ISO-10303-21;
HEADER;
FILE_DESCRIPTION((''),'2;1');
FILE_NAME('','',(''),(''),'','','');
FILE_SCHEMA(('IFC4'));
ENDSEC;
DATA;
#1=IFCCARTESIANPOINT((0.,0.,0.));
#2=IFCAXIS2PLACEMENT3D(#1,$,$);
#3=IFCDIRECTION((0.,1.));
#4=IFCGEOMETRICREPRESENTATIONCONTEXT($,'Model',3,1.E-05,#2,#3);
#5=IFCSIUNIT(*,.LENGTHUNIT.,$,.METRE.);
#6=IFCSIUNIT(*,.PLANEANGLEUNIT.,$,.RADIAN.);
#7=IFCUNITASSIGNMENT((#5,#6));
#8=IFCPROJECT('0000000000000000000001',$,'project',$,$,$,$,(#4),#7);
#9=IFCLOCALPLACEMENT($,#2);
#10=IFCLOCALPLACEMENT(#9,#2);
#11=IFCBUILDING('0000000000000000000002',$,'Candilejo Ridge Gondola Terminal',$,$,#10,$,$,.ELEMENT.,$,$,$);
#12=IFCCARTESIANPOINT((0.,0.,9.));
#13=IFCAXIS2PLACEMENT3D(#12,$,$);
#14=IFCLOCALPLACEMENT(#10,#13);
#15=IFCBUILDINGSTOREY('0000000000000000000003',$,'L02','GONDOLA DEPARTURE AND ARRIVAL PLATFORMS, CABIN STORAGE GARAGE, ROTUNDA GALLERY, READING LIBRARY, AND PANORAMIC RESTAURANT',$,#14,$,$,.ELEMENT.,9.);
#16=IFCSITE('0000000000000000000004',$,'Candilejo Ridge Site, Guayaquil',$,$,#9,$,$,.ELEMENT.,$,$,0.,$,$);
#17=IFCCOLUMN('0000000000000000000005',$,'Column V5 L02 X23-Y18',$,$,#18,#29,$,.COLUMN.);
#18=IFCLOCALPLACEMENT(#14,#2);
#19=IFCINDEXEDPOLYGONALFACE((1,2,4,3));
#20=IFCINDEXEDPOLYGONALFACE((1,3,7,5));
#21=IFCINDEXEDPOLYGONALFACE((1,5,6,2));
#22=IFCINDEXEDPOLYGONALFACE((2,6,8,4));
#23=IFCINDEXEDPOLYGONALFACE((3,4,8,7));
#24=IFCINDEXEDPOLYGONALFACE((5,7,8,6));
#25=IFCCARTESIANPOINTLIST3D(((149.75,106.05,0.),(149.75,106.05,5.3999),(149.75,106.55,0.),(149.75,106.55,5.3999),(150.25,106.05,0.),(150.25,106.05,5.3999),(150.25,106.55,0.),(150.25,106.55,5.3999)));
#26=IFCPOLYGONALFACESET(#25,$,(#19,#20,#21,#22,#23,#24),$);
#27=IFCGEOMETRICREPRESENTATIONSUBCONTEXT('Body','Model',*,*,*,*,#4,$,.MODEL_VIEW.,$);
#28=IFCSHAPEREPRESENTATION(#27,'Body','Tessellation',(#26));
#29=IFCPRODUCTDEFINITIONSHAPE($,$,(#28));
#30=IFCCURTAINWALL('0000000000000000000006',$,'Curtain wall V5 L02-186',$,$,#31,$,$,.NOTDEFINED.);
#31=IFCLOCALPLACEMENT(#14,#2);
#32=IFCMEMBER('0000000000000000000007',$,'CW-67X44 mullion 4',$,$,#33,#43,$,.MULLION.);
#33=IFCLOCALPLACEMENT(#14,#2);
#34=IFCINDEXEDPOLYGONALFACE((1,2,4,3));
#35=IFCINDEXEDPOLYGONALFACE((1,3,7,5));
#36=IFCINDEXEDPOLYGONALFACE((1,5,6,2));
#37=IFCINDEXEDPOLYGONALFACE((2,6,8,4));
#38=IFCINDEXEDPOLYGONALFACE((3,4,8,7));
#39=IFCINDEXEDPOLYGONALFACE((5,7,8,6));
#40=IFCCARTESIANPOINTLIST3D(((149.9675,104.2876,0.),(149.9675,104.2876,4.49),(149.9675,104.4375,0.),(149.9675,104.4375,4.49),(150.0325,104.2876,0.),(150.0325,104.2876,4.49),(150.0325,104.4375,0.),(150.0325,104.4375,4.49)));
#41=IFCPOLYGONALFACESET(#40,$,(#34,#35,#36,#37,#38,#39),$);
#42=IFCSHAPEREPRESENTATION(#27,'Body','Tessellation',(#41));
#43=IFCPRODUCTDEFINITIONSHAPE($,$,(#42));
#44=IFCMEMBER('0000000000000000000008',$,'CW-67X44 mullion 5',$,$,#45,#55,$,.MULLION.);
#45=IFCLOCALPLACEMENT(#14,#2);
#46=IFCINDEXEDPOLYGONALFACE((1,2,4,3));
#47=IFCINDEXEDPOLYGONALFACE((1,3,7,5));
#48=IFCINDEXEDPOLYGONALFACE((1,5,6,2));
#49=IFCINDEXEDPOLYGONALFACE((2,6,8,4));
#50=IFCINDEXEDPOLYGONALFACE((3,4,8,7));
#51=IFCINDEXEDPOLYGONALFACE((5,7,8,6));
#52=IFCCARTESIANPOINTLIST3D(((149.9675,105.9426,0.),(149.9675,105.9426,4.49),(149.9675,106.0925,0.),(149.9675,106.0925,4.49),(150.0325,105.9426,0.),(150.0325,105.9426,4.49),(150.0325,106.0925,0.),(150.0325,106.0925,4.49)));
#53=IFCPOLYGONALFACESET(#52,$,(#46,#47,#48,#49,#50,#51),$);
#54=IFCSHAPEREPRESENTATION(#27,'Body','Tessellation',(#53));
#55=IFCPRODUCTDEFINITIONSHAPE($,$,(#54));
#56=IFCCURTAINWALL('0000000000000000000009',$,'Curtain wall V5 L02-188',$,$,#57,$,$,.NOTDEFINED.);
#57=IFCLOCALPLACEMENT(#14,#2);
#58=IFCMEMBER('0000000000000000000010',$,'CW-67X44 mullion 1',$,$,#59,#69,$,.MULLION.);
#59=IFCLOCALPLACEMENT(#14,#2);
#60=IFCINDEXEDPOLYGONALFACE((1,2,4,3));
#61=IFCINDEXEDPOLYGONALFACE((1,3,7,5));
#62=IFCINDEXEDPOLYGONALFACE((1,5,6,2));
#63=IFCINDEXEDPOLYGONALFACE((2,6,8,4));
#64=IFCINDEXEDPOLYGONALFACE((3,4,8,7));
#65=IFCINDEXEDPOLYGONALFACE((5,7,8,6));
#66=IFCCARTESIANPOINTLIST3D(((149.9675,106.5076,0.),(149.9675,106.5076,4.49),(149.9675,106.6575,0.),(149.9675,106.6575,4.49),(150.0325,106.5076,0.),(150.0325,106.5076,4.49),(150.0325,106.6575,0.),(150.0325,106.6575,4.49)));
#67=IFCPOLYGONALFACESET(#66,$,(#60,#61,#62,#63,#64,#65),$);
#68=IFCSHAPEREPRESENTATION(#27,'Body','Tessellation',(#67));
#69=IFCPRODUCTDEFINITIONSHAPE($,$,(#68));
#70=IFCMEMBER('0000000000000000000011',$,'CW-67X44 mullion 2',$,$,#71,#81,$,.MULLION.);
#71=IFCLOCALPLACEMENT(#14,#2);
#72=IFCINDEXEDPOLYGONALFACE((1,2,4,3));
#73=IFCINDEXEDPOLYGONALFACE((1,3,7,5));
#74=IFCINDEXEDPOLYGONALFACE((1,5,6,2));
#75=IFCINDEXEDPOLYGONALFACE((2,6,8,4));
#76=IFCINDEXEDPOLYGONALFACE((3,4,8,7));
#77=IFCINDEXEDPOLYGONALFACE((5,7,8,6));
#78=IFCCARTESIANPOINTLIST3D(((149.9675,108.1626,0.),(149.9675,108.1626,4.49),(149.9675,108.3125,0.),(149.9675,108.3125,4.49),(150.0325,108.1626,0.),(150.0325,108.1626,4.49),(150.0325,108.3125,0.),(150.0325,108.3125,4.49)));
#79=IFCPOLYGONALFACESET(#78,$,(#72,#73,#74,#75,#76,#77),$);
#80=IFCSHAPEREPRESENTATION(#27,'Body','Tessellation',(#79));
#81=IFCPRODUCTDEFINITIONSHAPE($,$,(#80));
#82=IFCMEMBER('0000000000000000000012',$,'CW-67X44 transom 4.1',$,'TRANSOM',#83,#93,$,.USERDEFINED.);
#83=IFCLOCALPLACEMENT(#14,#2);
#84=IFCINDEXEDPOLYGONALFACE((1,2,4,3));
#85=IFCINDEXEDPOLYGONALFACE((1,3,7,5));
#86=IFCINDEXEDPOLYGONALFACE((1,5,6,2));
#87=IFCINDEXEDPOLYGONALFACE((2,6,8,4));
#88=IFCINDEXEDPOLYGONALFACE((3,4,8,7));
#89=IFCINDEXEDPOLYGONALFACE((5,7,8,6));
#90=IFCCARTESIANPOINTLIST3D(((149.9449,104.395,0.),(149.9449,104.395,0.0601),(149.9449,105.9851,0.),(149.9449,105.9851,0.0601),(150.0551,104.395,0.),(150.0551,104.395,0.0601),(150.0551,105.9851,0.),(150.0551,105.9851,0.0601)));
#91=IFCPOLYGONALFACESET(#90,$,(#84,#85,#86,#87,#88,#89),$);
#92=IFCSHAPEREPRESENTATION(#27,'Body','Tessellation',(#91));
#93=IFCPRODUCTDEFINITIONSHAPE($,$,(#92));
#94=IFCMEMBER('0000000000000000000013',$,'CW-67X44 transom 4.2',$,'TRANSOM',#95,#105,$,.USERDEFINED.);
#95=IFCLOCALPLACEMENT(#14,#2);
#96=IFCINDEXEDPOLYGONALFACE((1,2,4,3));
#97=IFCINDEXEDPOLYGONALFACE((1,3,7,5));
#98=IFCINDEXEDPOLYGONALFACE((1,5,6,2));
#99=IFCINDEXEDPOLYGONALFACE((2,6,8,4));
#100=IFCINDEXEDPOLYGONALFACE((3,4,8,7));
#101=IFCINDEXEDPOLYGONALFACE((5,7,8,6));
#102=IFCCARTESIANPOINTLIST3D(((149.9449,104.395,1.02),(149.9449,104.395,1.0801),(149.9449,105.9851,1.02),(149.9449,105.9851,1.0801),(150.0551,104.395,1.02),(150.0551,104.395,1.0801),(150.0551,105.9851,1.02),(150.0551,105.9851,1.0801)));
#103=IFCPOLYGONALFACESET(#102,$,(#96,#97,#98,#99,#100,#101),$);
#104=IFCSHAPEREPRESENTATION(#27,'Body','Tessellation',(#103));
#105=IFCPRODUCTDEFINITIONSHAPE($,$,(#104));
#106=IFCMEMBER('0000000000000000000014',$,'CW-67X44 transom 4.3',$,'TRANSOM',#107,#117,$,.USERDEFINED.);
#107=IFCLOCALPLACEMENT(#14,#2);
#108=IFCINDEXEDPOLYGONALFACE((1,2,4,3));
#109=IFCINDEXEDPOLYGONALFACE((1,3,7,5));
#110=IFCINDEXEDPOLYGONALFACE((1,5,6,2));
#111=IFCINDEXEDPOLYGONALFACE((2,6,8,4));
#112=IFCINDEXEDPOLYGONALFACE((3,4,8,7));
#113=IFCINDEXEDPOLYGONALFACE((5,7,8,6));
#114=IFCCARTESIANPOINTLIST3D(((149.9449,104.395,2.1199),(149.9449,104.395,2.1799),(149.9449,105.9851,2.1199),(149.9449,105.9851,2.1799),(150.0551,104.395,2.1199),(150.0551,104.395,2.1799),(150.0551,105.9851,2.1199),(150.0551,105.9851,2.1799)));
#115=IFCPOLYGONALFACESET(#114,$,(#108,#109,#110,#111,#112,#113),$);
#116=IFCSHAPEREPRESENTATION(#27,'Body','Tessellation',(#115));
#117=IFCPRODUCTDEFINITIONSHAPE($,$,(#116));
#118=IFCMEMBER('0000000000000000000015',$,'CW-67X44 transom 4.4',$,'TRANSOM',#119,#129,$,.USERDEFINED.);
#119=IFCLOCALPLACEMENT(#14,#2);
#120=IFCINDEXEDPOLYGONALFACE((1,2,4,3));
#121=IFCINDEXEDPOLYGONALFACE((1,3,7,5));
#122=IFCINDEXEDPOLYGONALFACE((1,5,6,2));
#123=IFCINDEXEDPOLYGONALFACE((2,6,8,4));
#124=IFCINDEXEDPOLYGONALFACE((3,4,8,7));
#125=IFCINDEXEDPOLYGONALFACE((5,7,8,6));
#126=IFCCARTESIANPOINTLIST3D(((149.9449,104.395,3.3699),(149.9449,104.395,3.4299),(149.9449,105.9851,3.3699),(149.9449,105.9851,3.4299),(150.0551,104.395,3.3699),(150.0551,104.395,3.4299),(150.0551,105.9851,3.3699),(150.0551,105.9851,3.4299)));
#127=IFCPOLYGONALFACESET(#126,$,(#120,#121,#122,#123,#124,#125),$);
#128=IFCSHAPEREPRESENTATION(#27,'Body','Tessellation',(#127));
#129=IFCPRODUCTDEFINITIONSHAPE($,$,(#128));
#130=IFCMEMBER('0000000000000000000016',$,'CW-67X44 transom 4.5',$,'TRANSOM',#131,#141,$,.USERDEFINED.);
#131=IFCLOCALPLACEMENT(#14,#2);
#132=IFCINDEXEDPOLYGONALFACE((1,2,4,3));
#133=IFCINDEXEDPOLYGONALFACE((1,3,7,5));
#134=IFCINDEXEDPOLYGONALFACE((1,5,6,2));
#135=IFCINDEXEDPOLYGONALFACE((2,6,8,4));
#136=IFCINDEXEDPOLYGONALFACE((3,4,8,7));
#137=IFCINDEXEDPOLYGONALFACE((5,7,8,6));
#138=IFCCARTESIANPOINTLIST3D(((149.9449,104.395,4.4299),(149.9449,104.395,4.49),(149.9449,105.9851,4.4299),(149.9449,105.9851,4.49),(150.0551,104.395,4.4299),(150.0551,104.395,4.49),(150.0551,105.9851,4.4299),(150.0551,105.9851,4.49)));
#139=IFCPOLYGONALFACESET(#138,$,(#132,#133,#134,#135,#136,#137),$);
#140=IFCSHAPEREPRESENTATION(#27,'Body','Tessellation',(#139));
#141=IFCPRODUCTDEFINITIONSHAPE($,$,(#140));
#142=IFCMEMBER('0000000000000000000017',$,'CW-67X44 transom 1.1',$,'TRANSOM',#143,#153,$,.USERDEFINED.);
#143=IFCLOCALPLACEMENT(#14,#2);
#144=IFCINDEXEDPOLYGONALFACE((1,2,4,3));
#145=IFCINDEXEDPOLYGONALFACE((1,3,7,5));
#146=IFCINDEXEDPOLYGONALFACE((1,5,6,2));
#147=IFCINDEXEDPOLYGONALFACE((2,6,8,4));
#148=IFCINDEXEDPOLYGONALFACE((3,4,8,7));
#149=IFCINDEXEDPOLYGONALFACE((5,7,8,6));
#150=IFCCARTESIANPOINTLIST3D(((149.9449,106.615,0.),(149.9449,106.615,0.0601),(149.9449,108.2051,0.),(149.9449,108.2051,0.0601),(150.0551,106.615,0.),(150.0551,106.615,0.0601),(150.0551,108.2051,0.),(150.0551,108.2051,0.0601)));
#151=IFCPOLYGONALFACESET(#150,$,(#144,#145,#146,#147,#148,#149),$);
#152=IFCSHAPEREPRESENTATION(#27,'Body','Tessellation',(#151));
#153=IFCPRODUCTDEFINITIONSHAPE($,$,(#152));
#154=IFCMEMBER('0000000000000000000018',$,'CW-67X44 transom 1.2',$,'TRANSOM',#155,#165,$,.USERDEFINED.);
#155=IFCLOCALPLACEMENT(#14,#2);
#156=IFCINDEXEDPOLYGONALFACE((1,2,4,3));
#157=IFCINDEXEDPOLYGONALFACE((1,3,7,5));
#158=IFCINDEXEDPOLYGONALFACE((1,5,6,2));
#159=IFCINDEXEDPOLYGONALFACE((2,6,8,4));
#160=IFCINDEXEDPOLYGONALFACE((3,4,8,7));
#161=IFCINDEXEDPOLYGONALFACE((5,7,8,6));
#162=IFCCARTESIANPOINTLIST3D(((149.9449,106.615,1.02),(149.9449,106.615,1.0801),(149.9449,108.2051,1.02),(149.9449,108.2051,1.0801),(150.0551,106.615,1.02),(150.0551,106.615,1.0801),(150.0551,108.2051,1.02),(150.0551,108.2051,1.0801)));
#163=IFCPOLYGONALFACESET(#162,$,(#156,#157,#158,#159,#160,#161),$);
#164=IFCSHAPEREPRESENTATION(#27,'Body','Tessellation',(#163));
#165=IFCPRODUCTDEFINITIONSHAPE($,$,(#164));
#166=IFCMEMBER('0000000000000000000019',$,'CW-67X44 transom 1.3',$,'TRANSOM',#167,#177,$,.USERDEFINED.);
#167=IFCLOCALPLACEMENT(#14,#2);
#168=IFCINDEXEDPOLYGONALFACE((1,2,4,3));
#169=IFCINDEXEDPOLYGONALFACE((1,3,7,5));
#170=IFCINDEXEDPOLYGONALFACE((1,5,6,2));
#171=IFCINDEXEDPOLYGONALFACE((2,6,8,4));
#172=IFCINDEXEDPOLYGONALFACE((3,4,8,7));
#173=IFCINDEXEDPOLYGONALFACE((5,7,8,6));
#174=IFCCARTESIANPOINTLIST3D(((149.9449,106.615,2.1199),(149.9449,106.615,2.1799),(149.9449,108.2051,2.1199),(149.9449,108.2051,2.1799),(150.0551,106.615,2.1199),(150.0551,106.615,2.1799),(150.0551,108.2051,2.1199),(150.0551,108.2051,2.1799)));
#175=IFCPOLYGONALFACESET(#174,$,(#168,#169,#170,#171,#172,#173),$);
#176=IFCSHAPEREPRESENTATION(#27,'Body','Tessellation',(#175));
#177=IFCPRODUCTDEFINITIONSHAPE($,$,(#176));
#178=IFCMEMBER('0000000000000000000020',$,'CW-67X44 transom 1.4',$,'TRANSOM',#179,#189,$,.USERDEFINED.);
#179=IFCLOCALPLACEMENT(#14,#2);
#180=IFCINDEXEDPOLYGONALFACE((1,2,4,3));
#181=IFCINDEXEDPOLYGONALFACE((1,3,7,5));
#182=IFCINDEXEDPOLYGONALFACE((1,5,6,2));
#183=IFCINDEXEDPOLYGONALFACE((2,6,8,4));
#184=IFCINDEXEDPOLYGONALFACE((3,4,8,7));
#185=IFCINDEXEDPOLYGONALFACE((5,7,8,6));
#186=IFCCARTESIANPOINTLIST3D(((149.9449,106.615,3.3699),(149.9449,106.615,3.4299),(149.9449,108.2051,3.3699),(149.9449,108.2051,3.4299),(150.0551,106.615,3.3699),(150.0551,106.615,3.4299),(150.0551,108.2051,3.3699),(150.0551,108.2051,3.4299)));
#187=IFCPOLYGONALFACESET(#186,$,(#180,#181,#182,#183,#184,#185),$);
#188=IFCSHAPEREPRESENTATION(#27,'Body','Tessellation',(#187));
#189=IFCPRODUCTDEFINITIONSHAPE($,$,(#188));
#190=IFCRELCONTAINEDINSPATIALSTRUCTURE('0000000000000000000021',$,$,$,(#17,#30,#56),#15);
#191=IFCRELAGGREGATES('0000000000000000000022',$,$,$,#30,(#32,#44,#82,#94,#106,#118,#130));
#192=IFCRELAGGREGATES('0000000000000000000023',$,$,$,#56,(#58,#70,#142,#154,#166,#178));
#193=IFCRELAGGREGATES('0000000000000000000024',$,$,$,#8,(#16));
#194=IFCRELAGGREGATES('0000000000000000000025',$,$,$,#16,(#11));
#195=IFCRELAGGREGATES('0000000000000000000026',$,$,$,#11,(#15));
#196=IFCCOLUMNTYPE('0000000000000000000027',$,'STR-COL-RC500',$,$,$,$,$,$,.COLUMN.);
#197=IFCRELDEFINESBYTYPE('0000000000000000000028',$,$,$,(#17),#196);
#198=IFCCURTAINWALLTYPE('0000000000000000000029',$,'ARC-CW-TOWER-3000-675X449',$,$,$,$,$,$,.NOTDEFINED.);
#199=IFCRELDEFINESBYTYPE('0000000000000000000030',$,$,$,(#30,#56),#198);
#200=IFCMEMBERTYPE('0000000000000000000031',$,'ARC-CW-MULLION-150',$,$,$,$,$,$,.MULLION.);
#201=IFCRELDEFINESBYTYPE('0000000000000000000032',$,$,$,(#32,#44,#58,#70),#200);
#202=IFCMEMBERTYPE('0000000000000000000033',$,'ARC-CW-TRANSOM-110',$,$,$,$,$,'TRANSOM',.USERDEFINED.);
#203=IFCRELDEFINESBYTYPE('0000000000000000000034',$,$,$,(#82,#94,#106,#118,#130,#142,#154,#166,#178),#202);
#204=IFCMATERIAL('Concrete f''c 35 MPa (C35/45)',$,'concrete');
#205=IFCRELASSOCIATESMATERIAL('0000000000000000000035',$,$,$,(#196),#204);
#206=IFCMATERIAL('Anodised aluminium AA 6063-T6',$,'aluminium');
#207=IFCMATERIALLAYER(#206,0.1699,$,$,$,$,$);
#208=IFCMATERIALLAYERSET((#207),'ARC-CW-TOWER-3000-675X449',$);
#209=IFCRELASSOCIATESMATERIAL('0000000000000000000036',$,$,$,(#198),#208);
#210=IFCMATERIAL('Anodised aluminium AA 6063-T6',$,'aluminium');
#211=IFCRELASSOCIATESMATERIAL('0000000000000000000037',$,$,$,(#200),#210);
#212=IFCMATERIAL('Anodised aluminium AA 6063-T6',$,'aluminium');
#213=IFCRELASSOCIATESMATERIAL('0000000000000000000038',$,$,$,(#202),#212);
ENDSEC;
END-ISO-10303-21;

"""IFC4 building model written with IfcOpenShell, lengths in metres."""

from ifc_helpers import new_model, si_unit, direction, frame, origin, origin_2d, place, context, subcontext, project, spatial, rectangle, extrude, material, layer, layer_set, material_profile, profile_set, type_object, element, aggregate, save


model = new_model("IFC4")

# Units and contexts
model_context = context("Model", 3, precision=1e-05, world=origin(), true_north=direction((0.0, 1.0)))
body_context = subcontext(model_context, "Body", "Model", "MODEL_VIEW")
ifc_project = project(units=[si_unit("LENGTHUNIT", "METRE"), si_unit("PLANEANGLEUNIT", "RADIAN")], contexts=[model_context])

# Site, building, storey
site_placement = place(None, origin())
site = spatial("IfcSite", under=ifc_project, at=site_placement, Name="Candilejo Ridge Site, Guayaquil", CompositionType="ELEMENT", RefElevation=0.0)
building_placement = place(site_placement, origin())
building = spatial("IfcBuilding", under=site, at=building_placement, Name="Candilejo Ridge Gondola Terminal", CompositionType="ELEMENT")
storey_placement = place(building_placement, frame((0.0, 0.0, 9.0)))
storey = spatial("IfcBuildingStorey", under=building, at=storey_placement, Name="L02", Description="GONDOLA DEPARTURE AND ARRIVAL PLATFORMS, CABIN STORAGE GARAGE, ROTUNDA GALLERY, READING LIBRARY, AND PANORAMIC RESTAURANT", CompositionType="ELEMENT", Elevation=9.0)

# Column
ifc_material_1 = material(Name="Concrete f'c 35 MPa (C35/45)", Category="concrete")
ifc_material_profile_1 = material_profile(ifc_material_1, rectangle(XDim=0.5, YDim=0.5, at=origin_2d()))
ifc_profile_set_1 = profile_set([ifc_material_profile_1], Name="Concrete f'c 35 MPa (C35/45)")
column_type = type_object("IfcColumnType", Name="STR-COL-RC500", PredefinedType="COLUMN", material=ifc_profile_set_1)
column_placement = place(storey_placement, frame((150.0, 106.3, 0.0), z_axis=(0.0, 0.0, 1.0), x_axis=(1.0, 0.0, 0.0)))
element("IfcColumn", 1, at=column_placement, inside=storey, type_object=column_type, Name="Column V5 L02 X23-Y18", PredefinedType="COLUMN", context=body_context, shape_type="SweptSolid", body=[
    extrude(rectangle(XDim=0.5, YDim=0.5, at=origin_2d()), origin(), (0.0, 0.0, 1.0), 5.3999),
])

# Curtain walls, members
ifc_material_2 = material(Name="Anodised aluminium AA 6063-T6", Category="aluminium")
ifc_layer_1 = layer(ifc_material_2, 0.1699)
ifc_layer_set_1 = layer_set([ifc_layer_1], Name="ARC-CW-TOWER-3000-675X449")
curtain_wall_type = type_object("IfcCurtainWallType", Name="ARC-CW-TOWER-3000-675X449", PredefinedType="NOTDEFINED", material=ifc_layer_set_1)
curtain_wall_1_placement = place(storey_placement, origin())
curtain_wall_1 = element("IfcCurtainWall", 2, at=curtain_wall_1_placement, inside=storey, type_object=curtain_wall_type, Name="Curtain wall V5 L02-186", PredefinedType="NOTDEFINED")
ifc_material_3 = material(Name="Anodised aluminium AA 6063-T6", Category="aluminium")
ifc_material_profile_2 = material_profile(ifc_material_3, rectangle(XDim=0.0649, YDim=0.1499, at=origin_2d()))
ifc_profile_set_2 = profile_set([ifc_material_profile_2], Name="Anodised aluminium AA 6063-T6")
member_type_1 = type_object("IfcMemberType", Name="ARC-CW-MULLION-150", PredefinedType="MULLION", material=ifc_profile_set_2)
member_1_placement = place(storey_placement, frame((150.0, 104.3625, 0.0), z_axis=(0.0, 0.0, 1.0), x_axis=(-1.0, 0.0, 0.0)))
member_1 = element("IfcMember", 3, at=member_1_placement, type_object=member_type_1, Name="CW-67X44 mullion 4", PredefinedType="MULLION", context=body_context, shape_type="SweptSolid", body=[
    extrude(rectangle(XDim=0.0649, YDim=0.1499, at=origin_2d()), origin(), (0.0, 0.0, 1.0), 4.49),
])
member_2_placement = place(storey_placement, frame((150.0, 106.0176, 0.0), z_axis=(0.0, 0.0, 1.0), x_axis=(-1.0, 0.0, 0.0)))
member_2 = element("IfcMember", 4, at=member_2_placement, type_object=member_type_1, Name="CW-67X44 mullion 5", PredefinedType="MULLION", context=body_context, shape_type="SweptSolid", body=[
    extrude(rectangle(XDim=0.0649, YDim=0.1499, at=origin_2d()), origin(), (0.0, 0.0, 1.0), 4.49),
])
curtain_wall_2_placement = place(storey_placement, origin())
curtain_wall_2 = element("IfcCurtainWall", 5, at=curtain_wall_2_placement, inside=storey, type_object=curtain_wall_type, Name="Curtain wall V5 L02-188", PredefinedType="NOTDEFINED")
member_3_placement = place(storey_placement, frame((150.0, 106.5825, 0.0), z_axis=(0.0, 0.0, 1.0), x_axis=(-1.0, 0.0, 0.0)))
member_3 = element("IfcMember", 6, at=member_3_placement, type_object=member_type_1, Name="CW-67X44 mullion 1", PredefinedType="MULLION", context=body_context, shape_type="SweptSolid", body=[
    extrude(rectangle(XDim=0.0649, YDim=0.1499, at=origin_2d()), origin(), (0.0, 0.0, 1.0), 4.49),
])
member_4_placement = place(storey_placement, frame((150.0, 108.2375, 0.0), z_axis=(0.0, 0.0, 1.0), x_axis=(-1.0, 0.0, 0.0)))
member_4 = element("IfcMember", 7, at=member_4_placement, type_object=member_type_1, Name="CW-67X44 mullion 2", PredefinedType="MULLION", context=body_context, shape_type="SweptSolid", body=[
    extrude(rectangle(XDim=0.0649, YDim=0.1499, at=origin_2d()), origin(), (0.0, 0.0, 1.0), 4.49),
])

# Members
ifc_material_4 = material(Name="Anodised aluminium AA 6063-T6", Category="aluminium")
ifc_material_profile_3 = material_profile(ifc_material_4, rectangle(XDim=0.1101, YDim=0.0601, at=origin_2d()))
ifc_profile_set_3 = profile_set([ifc_material_profile_3], Name="Anodised aluminium AA 6063-T6")
member_type_2 = type_object("IfcMemberType", Name="ARC-CW-TRANSOM-110", ElementType="TRANSOM", PredefinedType="USERDEFINED", material=ifc_profile_set_3)
member_5_placement = place(storey_placement, frame((150.0, 104.395, 0.03), z_axis=(0.0, 1.0, 0.0), x_axis=(-1.0, 0.0, 0.0)))
member_5 = element("IfcMember", 8, at=member_5_placement, type_object=member_type_2, Name="CW-67X44 transom 4.1", ObjectType="TRANSOM", PredefinedType="USERDEFINED", context=body_context, shape_type="SweptSolid", body=[
    extrude(rectangle(XDim=0.1101, YDim=0.0601, at=origin_2d()), origin(), (0.0, 0.0, 1.0), 1.5901),
])
member_6_placement = place(storey_placement, frame((150.0, 104.395, 1.05), z_axis=(0.0, 1.0, 0.0), x_axis=(-1.0, 0.0, 0.0)))
member_6 = element("IfcMember", 9, at=member_6_placement, type_object=member_type_2, Name="CW-67X44 transom 4.2", ObjectType="TRANSOM", PredefinedType="USERDEFINED", context=body_context, shape_type="SweptSolid", body=[
    extrude(rectangle(XDim=0.1101, YDim=0.0601, at=origin_2d()), origin(), (0.0, 0.0, 1.0), 1.5901),
])
member_7_placement = place(storey_placement, frame((150.0, 104.395, 2.1499), z_axis=(0.0, 1.0, 0.0), x_axis=(-1.0, 0.0, 0.0)))
member_7 = element("IfcMember", 10, at=member_7_placement, type_object=member_type_2, Name="CW-67X44 transom 4.3", ObjectType="TRANSOM", PredefinedType="USERDEFINED", context=body_context, shape_type="SweptSolid", body=[
    extrude(rectangle(XDim=0.1101, YDim=0.0601, at=origin_2d()), origin(), (0.0, 0.0, 1.0), 1.5901),
])
member_8_placement = place(storey_placement, frame((150.0, 104.395, 3.3999), z_axis=(0.0, 1.0, 0.0), x_axis=(-1.0, 0.0, 0.0)))
member_8 = element("IfcMember", 11, at=member_8_placement, type_object=member_type_2, Name="CW-67X44 transom 4.4", ObjectType="TRANSOM", PredefinedType="USERDEFINED", context=body_context, shape_type="SweptSolid", body=[
    extrude(rectangle(XDim=0.1101, YDim=0.0601, at=origin_2d()), origin(), (0.0, 0.0, 1.0), 1.5901),
])
member_9_placement = place(storey_placement, frame((150.0, 104.395, 4.46), z_axis=(0.0, 1.0, 0.0), x_axis=(-1.0, 0.0, 0.0)))
member_9 = element("IfcMember", 12, at=member_9_placement, type_object=member_type_2, Name="CW-67X44 transom 4.5", ObjectType="TRANSOM", PredefinedType="USERDEFINED", context=body_context, shape_type="SweptSolid", body=[
    extrude(rectangle(XDim=0.1101, YDim=0.0601, at=origin_2d()), origin(), (0.0, 0.0, 1.0), 1.5901),
])
member_10_placement = place(storey_placement, frame((150.0, 106.615, 0.03), z_axis=(0.0, 1.0, 0.0), x_axis=(-1.0, 0.0, 0.0)))
member_10 = element("IfcMember", 13, at=member_10_placement, type_object=member_type_2, Name="CW-67X44 transom 1.1", ObjectType="TRANSOM", PredefinedType="USERDEFINED", context=body_context, shape_type="SweptSolid", body=[
    extrude(rectangle(XDim=0.1101, YDim=0.0601, at=origin_2d()), origin(), (0.0, 0.0, 1.0), 1.5901),
])
member_11_placement = place(storey_placement, frame((150.0, 106.615, 1.05), z_axis=(0.0, 1.0, 0.0), x_axis=(-1.0, 0.0, 0.0)))
member_11 = element("IfcMember", 14, at=member_11_placement, type_object=member_type_2, Name="CW-67X44 transom 1.2", ObjectType="TRANSOM", PredefinedType="USERDEFINED", context=body_context, shape_type="SweptSolid", body=[
    extrude(rectangle(XDim=0.1101, YDim=0.0601, at=origin_2d()), origin(), (0.0, 0.0, 1.0), 1.5901),
])
member_12_placement = place(storey_placement, frame((150.0, 106.615, 2.1499), z_axis=(0.0, 1.0, 0.0), x_axis=(-1.0, 0.0, 0.0)))
member_12 = element("IfcMember", 15, at=member_12_placement, type_object=member_type_2, Name="CW-67X44 transom 1.3", ObjectType="TRANSOM", PredefinedType="USERDEFINED", context=body_context, shape_type="SweptSolid", body=[
    extrude(rectangle(XDim=0.1101, YDim=0.0601, at=origin_2d()), origin(), (0.0, 0.0, 1.0), 1.5901),
])
member_13_placement = place(storey_placement, frame((150.0, 106.615, 3.3999), z_axis=(0.0, 1.0, 0.0), x_axis=(-1.0, 0.0, 0.0)))
member_13 = element("IfcMember", 16, at=member_13_placement, type_object=member_type_2, Name="CW-67X44 transom 1.4", ObjectType="TRANSOM", PredefinedType="USERDEFINED", context=body_context, shape_type="SweptSolid", body=[
    extrude(rectangle(XDim=0.1101, YDim=0.0601, at=origin_2d()), origin(), (0.0, 0.0, 1.0), 1.5901),
])

aggregate(curtain_wall_1, [member_1, member_2, member_5, member_6, member_7, member_8, member_9])
aggregate(curtain_wall_2, [member_3, member_4, member_10, member_11, member_12, member_13])

save(model, "model.ifc")
